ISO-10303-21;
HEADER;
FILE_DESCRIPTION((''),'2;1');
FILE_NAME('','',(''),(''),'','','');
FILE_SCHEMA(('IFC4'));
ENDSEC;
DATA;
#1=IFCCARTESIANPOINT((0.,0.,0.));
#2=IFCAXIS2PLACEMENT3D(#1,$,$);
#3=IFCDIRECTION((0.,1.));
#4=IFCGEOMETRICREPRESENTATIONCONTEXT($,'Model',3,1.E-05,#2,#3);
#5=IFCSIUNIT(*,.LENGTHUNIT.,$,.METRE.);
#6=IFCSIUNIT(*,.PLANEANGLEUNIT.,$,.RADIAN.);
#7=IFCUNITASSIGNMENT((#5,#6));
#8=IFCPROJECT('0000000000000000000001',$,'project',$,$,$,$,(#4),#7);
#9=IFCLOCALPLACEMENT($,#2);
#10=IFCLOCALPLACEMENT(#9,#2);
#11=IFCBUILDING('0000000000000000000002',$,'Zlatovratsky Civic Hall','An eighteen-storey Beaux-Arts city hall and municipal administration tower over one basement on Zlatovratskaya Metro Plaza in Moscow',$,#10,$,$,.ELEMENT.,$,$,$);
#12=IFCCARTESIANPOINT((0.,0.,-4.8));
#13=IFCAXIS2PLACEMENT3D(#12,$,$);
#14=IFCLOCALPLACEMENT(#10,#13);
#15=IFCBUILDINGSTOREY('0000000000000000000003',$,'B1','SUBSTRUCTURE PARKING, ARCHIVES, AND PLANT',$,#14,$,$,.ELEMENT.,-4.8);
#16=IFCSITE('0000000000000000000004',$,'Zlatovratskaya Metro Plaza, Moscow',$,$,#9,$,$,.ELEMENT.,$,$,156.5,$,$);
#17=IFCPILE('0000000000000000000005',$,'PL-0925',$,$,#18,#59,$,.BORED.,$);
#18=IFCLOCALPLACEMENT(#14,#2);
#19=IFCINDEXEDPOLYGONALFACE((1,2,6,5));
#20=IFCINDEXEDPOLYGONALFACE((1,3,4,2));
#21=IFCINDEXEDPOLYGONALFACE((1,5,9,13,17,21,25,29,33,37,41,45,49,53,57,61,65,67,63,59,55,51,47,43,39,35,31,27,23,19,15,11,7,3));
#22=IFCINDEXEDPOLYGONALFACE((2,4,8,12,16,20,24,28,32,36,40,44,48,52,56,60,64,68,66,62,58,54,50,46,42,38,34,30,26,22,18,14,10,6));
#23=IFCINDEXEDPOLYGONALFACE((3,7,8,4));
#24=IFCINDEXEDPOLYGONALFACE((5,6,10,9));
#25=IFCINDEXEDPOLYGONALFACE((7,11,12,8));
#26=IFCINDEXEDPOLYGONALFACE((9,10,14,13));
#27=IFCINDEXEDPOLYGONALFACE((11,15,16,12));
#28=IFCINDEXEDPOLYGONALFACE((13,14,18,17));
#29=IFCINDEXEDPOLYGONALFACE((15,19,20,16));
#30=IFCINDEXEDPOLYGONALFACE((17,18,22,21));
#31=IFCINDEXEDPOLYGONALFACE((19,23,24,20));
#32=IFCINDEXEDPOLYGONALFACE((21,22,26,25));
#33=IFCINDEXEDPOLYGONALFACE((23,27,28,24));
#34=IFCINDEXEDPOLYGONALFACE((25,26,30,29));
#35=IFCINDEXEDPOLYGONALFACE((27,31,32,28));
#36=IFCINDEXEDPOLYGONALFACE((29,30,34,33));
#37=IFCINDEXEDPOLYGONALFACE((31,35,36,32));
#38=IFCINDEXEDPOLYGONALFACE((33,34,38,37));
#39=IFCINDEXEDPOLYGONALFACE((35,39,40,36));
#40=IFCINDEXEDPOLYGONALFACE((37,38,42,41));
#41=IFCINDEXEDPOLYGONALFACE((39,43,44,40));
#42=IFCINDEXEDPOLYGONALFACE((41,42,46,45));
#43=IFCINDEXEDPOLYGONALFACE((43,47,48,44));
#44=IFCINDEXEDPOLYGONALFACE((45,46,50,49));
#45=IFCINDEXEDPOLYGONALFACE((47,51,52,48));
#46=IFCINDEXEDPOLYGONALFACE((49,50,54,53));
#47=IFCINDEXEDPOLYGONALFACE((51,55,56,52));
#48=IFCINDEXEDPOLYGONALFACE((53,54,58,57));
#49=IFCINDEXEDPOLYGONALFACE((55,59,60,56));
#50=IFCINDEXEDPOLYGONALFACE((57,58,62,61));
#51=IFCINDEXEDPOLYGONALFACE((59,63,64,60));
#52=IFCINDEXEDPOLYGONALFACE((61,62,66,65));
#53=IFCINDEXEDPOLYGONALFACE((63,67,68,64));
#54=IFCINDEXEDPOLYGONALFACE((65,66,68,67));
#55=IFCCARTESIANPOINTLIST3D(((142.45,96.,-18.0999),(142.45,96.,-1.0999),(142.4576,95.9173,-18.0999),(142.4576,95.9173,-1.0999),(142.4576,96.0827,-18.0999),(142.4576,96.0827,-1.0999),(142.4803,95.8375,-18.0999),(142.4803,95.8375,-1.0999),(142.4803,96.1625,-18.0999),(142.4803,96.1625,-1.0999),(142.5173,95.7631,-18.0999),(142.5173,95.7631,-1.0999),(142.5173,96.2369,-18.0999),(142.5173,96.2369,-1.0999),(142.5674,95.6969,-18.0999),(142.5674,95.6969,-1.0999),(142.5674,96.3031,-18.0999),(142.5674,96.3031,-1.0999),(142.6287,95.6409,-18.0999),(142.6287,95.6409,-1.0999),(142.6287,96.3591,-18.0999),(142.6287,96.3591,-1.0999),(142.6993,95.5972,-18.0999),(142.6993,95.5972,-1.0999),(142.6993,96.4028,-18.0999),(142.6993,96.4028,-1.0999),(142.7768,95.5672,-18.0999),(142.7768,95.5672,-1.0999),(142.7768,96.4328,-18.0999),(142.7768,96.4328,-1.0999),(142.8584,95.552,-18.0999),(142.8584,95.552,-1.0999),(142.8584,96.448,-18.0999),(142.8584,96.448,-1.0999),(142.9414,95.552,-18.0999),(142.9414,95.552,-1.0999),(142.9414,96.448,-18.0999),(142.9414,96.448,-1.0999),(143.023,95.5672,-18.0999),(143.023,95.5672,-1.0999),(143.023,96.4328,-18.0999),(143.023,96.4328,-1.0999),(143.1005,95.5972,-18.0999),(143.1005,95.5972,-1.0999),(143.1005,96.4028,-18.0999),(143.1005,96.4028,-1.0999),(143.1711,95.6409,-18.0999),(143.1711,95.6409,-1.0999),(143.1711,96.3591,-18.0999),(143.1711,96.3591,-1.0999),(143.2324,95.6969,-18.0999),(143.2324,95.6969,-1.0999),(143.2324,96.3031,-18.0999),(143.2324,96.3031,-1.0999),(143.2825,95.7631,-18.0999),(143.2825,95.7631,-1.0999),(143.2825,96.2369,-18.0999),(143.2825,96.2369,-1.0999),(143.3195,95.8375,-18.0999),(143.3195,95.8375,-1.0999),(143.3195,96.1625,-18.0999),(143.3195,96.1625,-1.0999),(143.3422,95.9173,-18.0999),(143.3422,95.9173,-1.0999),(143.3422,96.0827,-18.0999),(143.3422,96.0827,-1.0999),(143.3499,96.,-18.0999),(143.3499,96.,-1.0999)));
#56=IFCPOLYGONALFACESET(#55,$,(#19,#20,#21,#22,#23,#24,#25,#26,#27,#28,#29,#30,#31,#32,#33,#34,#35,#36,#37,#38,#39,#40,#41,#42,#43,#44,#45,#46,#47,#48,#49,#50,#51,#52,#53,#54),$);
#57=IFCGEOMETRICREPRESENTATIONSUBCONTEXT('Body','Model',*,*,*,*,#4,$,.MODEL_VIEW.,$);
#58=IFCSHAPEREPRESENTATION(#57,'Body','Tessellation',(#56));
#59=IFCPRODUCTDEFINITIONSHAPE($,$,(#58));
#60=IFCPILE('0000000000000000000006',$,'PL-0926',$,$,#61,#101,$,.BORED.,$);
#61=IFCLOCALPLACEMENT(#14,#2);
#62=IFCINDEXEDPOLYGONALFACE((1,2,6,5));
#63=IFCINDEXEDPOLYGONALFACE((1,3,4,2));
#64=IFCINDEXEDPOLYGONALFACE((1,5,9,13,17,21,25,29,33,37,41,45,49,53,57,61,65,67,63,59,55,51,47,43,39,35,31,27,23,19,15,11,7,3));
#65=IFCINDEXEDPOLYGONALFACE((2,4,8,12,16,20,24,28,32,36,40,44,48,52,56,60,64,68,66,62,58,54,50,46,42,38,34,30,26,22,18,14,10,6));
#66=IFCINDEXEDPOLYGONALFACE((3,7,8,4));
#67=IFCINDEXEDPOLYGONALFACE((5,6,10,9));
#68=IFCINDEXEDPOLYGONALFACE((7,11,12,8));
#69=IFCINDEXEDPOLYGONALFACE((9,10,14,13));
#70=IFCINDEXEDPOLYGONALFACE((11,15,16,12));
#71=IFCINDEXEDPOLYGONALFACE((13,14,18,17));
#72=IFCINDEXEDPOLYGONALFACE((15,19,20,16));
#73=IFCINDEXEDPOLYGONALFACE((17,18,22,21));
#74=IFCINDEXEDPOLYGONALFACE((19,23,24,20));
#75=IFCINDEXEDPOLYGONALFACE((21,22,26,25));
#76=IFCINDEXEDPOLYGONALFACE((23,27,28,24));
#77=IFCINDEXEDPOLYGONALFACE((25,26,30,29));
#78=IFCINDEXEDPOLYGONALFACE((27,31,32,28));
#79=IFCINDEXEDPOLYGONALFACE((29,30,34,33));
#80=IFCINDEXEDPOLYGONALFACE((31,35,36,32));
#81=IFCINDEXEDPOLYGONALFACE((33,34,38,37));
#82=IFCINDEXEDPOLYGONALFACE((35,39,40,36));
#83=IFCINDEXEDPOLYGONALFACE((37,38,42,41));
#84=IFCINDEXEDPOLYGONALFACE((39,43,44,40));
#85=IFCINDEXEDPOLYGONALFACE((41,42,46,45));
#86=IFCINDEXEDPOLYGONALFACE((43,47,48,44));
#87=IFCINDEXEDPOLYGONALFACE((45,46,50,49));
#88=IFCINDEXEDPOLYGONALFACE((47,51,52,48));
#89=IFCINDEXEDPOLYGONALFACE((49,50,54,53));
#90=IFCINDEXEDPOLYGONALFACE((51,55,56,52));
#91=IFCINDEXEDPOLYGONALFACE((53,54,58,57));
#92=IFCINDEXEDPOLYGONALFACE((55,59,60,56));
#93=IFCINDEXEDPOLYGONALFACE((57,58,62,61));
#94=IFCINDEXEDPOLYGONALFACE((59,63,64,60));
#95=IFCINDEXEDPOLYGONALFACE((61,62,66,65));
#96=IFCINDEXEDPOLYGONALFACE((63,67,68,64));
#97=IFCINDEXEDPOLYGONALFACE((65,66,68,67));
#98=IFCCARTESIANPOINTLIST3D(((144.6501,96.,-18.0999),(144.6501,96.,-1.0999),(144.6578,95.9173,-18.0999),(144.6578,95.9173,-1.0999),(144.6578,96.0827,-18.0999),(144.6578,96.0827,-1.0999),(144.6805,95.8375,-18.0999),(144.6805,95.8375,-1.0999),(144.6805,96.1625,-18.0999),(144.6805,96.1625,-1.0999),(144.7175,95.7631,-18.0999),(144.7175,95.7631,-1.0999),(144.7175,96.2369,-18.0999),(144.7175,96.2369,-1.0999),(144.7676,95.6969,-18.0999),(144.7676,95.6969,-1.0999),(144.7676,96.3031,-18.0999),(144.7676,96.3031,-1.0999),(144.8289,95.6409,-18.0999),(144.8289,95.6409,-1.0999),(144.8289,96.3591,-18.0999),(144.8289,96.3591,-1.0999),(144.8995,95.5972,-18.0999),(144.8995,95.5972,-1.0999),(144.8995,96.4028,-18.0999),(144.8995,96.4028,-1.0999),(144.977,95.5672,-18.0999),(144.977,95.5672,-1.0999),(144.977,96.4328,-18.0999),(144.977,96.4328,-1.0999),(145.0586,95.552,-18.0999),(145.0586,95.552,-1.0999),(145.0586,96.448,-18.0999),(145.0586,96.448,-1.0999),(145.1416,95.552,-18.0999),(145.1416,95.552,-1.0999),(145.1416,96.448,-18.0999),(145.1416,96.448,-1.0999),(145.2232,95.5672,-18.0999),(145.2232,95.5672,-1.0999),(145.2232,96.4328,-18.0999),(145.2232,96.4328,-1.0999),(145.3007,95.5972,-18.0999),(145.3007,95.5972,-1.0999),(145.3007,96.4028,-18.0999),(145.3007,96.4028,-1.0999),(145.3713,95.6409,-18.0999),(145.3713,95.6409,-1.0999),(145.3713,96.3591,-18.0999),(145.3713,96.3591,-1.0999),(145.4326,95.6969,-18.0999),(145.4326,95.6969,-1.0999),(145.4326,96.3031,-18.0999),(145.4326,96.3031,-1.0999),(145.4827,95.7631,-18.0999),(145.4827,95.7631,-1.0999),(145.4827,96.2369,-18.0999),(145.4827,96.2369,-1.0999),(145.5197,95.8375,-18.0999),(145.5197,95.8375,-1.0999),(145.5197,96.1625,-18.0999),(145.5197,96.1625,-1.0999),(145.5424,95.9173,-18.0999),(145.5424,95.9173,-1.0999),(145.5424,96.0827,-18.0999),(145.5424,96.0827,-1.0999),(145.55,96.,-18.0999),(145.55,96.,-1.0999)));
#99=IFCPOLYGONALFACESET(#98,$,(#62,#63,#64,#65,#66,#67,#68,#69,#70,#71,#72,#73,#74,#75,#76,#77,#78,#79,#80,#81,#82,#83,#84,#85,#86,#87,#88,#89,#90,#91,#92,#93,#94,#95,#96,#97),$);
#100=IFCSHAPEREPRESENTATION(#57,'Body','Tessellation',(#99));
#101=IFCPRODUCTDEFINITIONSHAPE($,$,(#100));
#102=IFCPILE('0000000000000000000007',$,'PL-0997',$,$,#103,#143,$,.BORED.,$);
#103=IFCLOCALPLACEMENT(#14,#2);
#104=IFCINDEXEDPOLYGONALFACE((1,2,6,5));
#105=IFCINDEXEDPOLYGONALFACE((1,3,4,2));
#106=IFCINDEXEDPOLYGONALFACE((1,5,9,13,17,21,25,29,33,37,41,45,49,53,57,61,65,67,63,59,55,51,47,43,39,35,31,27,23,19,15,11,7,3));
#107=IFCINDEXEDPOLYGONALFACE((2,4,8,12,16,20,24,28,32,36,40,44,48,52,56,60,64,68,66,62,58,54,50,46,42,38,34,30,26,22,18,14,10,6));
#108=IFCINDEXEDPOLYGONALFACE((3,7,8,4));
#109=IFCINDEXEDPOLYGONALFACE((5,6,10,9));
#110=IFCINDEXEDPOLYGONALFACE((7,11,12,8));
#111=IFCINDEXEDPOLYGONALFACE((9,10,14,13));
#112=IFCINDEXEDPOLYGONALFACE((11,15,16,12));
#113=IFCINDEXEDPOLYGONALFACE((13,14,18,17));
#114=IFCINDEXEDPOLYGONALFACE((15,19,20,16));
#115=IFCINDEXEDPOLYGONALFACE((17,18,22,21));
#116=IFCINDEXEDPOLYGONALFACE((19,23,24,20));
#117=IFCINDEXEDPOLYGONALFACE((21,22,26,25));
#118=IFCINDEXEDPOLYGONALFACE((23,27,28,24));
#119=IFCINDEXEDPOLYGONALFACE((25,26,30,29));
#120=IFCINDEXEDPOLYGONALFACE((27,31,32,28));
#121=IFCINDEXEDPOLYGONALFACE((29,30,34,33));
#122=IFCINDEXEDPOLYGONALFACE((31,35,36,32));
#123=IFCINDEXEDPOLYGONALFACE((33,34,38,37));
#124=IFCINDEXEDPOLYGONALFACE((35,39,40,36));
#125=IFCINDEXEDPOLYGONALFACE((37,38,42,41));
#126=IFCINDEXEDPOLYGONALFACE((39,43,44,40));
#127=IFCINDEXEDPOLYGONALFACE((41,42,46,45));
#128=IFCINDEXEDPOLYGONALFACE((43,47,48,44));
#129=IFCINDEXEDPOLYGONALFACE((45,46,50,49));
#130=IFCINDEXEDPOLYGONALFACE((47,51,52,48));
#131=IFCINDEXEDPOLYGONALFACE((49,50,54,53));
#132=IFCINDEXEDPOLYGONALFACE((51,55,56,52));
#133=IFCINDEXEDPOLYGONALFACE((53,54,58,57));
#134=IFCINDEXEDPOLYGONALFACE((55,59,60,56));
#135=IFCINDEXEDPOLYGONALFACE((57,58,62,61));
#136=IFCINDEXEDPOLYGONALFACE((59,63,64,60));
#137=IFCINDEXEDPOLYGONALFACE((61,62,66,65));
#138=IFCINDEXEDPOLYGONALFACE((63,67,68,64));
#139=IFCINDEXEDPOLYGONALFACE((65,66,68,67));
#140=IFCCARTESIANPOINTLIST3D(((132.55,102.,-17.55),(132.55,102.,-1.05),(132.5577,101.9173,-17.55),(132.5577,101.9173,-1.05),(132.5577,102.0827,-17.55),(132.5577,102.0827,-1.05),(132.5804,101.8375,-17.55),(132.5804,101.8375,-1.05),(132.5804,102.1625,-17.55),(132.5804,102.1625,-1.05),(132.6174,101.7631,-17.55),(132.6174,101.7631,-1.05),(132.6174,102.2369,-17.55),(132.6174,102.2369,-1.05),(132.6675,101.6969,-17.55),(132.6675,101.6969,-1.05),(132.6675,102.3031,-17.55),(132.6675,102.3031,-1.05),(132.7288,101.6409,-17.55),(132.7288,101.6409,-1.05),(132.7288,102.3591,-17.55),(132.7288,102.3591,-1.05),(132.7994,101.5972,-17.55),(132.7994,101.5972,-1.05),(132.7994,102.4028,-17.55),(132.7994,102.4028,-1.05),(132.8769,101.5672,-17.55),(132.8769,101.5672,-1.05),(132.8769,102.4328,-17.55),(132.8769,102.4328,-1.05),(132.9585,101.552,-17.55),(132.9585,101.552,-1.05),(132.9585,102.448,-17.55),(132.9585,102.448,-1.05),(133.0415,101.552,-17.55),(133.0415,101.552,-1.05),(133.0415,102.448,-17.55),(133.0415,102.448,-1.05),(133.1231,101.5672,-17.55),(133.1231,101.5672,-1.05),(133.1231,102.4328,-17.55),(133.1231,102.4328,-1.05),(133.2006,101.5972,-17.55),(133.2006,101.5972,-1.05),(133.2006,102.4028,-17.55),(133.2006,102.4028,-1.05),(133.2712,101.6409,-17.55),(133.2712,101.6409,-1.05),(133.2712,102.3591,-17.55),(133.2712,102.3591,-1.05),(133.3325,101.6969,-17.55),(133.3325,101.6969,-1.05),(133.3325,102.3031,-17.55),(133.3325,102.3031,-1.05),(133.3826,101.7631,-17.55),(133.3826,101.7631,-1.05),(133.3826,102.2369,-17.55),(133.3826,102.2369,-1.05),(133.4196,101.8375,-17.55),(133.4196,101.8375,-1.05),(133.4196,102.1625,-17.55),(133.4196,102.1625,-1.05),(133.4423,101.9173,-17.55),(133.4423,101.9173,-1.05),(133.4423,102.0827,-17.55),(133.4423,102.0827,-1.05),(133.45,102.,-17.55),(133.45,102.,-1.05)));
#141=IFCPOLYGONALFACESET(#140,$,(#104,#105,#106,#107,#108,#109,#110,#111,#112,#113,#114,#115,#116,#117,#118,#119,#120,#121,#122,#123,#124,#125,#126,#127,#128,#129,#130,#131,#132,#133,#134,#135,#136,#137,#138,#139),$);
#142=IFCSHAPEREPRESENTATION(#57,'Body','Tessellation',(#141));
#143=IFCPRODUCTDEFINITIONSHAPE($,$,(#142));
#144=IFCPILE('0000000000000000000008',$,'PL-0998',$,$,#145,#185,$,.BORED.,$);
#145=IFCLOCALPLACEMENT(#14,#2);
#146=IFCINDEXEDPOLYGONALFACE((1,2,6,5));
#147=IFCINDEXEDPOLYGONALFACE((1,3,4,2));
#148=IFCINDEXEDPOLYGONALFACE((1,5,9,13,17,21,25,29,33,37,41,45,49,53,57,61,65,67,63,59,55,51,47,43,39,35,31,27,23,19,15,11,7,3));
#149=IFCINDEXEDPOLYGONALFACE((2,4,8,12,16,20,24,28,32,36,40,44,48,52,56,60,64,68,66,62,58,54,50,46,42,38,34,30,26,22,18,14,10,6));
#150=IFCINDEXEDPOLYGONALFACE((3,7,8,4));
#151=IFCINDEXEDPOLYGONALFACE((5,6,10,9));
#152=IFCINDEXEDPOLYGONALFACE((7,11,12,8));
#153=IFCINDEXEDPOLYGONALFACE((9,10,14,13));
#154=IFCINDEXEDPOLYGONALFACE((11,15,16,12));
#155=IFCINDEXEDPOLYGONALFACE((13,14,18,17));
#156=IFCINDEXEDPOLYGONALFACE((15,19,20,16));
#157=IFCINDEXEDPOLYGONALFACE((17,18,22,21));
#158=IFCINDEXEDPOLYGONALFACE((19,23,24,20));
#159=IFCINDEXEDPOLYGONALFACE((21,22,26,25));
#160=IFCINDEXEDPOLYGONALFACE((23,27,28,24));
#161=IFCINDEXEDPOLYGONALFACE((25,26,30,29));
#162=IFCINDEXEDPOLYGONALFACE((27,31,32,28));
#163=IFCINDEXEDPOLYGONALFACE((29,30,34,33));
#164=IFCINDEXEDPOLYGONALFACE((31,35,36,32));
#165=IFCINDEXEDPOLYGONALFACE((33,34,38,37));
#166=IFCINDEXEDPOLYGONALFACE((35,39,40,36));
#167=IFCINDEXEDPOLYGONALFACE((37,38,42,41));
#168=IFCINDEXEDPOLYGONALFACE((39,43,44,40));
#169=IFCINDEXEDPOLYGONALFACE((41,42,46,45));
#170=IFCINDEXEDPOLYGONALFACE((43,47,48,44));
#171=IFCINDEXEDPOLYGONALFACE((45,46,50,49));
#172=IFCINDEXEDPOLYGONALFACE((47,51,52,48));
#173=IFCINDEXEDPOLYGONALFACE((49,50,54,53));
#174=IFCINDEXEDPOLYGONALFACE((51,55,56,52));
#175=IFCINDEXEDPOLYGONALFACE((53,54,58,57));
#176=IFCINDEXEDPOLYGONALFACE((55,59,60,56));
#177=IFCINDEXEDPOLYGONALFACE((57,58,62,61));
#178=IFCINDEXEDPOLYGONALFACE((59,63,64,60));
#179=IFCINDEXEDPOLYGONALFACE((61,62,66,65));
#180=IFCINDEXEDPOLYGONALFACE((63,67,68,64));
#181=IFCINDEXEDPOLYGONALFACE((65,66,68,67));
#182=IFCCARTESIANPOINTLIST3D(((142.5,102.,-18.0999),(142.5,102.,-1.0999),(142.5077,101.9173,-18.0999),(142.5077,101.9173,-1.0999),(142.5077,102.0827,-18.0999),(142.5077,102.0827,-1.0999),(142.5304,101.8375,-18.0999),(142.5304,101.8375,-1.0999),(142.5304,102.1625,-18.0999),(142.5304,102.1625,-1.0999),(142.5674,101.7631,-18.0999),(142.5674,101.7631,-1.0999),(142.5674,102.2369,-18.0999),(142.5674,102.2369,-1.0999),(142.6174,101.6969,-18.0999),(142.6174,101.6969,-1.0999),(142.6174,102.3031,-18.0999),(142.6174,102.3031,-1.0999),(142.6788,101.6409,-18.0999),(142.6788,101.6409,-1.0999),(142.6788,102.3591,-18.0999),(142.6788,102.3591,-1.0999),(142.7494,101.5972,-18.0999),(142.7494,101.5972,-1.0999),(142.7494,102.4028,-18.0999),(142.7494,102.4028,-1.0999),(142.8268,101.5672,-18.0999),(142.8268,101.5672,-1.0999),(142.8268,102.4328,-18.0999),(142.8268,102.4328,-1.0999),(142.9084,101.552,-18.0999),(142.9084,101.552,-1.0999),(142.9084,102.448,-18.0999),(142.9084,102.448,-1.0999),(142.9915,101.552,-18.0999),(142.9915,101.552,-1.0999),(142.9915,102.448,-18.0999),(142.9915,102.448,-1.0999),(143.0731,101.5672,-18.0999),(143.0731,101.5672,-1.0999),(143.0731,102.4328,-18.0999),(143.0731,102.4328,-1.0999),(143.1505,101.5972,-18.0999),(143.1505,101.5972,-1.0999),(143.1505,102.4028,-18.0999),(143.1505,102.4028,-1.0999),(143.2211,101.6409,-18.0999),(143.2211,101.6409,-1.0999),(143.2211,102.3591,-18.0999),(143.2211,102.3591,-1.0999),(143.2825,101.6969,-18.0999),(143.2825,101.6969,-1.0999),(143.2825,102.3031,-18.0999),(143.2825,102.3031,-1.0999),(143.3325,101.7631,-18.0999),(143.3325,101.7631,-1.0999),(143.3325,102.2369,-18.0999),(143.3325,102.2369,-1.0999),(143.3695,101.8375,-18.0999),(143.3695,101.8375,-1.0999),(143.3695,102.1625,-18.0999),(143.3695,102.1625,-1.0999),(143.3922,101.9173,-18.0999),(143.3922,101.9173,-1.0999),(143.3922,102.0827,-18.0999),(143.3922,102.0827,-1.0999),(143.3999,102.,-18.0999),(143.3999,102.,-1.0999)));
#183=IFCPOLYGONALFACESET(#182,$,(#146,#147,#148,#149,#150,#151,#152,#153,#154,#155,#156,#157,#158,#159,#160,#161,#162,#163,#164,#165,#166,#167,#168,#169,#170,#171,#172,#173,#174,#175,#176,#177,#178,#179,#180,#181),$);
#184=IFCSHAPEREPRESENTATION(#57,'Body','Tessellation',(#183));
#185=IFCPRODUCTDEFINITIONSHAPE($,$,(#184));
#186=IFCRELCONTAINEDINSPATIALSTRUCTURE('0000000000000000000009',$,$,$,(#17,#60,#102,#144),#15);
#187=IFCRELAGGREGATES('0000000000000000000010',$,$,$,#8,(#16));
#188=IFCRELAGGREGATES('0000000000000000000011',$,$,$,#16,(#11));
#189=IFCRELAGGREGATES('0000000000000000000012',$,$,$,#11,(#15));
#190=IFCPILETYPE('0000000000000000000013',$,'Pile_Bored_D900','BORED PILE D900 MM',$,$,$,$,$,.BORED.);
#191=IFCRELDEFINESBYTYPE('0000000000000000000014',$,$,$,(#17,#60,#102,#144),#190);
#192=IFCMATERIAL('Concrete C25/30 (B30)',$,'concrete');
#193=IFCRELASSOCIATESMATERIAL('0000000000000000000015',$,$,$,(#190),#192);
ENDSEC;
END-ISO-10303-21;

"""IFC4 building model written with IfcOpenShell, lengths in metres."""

from ifc_helpers import new_model, si_unit, direction, frame, origin, origin_2d, place, context, subcontext, project, spatial, circle, extrude, material, material_profile, profile_set, type_object, element, save


model = new_model("IFC4")

# Units and contexts
model_context = context("Model", 3, precision=1e-05, world=origin(), true_north=direction((0.0, 1.0)))
body_context = subcontext(model_context, "Body", "Model", "MODEL_VIEW")
ifc_project = project(units=[si_unit("LENGTHUNIT", "METRE"), si_unit("PLANEANGLEUNIT", "RADIAN")], contexts=[model_context])

# Site, building, storey
site_placement = place(None, origin())
site = spatial("IfcSite", under=ifc_project, at=site_placement, Name="Zlatovratskaya Metro Plaza, Moscow", CompositionType="ELEMENT", RefElevation=156.5)
building_placement = place(site_placement, origin())
building = spatial("IfcBuilding", under=site, at=building_placement, Name="Zlatovratsky Civic Hall", Description="An eighteen-storey Beaux-Arts city hall and municipal administration tower over one basement on Zlatovratskaya Metro Plaza in Moscow", CompositionType="ELEMENT")
storey_placement = place(building_placement, frame((0.0, 0.0, -4.8)))
storey = spatial("IfcBuildingStorey", under=building, at=storey_placement, Name="B1", Description="SUBSTRUCTURE PARKING, ARCHIVES, AND PLANT", CompositionType="ELEMENT", Elevation=-4.8)

# Shared definitions
ifc_material_1 = material(Name="Concrete C25/30 (B30)", Category="concrete")

# Piles
ifc_material_profile_1 = material_profile(ifc_material_1, circle(Radius=0.45, at=origin_2d()), Name="PILE D900")
ifc_profile_set_1 = profile_set([ifc_material_profile_1], Name="Concrete C25/30 (B30)")
pile_type_1 = type_object("IfcPileType", Name="Pile_Bored_D900", Description="BORED PILE D900 MM", PredefinedType="BORED", material=ifc_profile_set_1)
for number, where, z_axis, x_axis, name in (
    (1, (142.8999, 96.0, -1.0999), (0.0, 0.0, -1.0), (1.0, 0.0, 0.0), "PL-0925"),
    (2, (145.1001, 96.0, -1.0999), (0.0, 0.0, -1.0), (1.0, 0.0, 0.0), "PL-0926"),
):
    element("IfcPile", number, at=place(storey_placement, frame(where, z_axis=z_axis, x_axis=x_axis)), inside=storey, type_object=pile_type_1, Name=name, PredefinedType="BORED", context=body_context, shape_type="SweptSolid", body=[
        extrude(circle(Radius=0.45, at=origin_2d()), origin(), (0.0, 0.0, 1.0), 17.0),
    ])
pile_1_placement = place(storey_placement, frame((133.0, 102.0, -1.05), z_axis=(0.0, 0.0, -1.0), x_axis=(1.0, 0.0, 0.0)))
element("IfcPile", 3, at=pile_1_placement, inside=storey, type_object=pile_type_1, Name="PL-0997", PredefinedType="BORED", context=body_context, shape_type="SweptSolid", body=[
    extrude(circle(Radius=0.45, at=origin_2d()), origin(), (0.0, 0.0, 1.0), 16.5),
])
for number, where, z_axis, x_axis, name in (
    (4, (142.95, 102.0, -1.0999), (0.0, 0.0, -1.0), (1.0, 0.0, 0.0), "PL-0998"),
):
    element("IfcPile", number, at=place(storey_placement, frame(where, z_axis=z_axis, x_axis=x_axis)), inside=storey, type_object=pile_type_1, Name=name, PredefinedType="BORED", context=body_context, shape_type="SweptSolid", body=[
        extrude(circle(Radius=0.45, at=origin_2d()), origin(), (0.0, 0.0, 1.0), 17.0),
    ])

save(model, "model.ifc")
